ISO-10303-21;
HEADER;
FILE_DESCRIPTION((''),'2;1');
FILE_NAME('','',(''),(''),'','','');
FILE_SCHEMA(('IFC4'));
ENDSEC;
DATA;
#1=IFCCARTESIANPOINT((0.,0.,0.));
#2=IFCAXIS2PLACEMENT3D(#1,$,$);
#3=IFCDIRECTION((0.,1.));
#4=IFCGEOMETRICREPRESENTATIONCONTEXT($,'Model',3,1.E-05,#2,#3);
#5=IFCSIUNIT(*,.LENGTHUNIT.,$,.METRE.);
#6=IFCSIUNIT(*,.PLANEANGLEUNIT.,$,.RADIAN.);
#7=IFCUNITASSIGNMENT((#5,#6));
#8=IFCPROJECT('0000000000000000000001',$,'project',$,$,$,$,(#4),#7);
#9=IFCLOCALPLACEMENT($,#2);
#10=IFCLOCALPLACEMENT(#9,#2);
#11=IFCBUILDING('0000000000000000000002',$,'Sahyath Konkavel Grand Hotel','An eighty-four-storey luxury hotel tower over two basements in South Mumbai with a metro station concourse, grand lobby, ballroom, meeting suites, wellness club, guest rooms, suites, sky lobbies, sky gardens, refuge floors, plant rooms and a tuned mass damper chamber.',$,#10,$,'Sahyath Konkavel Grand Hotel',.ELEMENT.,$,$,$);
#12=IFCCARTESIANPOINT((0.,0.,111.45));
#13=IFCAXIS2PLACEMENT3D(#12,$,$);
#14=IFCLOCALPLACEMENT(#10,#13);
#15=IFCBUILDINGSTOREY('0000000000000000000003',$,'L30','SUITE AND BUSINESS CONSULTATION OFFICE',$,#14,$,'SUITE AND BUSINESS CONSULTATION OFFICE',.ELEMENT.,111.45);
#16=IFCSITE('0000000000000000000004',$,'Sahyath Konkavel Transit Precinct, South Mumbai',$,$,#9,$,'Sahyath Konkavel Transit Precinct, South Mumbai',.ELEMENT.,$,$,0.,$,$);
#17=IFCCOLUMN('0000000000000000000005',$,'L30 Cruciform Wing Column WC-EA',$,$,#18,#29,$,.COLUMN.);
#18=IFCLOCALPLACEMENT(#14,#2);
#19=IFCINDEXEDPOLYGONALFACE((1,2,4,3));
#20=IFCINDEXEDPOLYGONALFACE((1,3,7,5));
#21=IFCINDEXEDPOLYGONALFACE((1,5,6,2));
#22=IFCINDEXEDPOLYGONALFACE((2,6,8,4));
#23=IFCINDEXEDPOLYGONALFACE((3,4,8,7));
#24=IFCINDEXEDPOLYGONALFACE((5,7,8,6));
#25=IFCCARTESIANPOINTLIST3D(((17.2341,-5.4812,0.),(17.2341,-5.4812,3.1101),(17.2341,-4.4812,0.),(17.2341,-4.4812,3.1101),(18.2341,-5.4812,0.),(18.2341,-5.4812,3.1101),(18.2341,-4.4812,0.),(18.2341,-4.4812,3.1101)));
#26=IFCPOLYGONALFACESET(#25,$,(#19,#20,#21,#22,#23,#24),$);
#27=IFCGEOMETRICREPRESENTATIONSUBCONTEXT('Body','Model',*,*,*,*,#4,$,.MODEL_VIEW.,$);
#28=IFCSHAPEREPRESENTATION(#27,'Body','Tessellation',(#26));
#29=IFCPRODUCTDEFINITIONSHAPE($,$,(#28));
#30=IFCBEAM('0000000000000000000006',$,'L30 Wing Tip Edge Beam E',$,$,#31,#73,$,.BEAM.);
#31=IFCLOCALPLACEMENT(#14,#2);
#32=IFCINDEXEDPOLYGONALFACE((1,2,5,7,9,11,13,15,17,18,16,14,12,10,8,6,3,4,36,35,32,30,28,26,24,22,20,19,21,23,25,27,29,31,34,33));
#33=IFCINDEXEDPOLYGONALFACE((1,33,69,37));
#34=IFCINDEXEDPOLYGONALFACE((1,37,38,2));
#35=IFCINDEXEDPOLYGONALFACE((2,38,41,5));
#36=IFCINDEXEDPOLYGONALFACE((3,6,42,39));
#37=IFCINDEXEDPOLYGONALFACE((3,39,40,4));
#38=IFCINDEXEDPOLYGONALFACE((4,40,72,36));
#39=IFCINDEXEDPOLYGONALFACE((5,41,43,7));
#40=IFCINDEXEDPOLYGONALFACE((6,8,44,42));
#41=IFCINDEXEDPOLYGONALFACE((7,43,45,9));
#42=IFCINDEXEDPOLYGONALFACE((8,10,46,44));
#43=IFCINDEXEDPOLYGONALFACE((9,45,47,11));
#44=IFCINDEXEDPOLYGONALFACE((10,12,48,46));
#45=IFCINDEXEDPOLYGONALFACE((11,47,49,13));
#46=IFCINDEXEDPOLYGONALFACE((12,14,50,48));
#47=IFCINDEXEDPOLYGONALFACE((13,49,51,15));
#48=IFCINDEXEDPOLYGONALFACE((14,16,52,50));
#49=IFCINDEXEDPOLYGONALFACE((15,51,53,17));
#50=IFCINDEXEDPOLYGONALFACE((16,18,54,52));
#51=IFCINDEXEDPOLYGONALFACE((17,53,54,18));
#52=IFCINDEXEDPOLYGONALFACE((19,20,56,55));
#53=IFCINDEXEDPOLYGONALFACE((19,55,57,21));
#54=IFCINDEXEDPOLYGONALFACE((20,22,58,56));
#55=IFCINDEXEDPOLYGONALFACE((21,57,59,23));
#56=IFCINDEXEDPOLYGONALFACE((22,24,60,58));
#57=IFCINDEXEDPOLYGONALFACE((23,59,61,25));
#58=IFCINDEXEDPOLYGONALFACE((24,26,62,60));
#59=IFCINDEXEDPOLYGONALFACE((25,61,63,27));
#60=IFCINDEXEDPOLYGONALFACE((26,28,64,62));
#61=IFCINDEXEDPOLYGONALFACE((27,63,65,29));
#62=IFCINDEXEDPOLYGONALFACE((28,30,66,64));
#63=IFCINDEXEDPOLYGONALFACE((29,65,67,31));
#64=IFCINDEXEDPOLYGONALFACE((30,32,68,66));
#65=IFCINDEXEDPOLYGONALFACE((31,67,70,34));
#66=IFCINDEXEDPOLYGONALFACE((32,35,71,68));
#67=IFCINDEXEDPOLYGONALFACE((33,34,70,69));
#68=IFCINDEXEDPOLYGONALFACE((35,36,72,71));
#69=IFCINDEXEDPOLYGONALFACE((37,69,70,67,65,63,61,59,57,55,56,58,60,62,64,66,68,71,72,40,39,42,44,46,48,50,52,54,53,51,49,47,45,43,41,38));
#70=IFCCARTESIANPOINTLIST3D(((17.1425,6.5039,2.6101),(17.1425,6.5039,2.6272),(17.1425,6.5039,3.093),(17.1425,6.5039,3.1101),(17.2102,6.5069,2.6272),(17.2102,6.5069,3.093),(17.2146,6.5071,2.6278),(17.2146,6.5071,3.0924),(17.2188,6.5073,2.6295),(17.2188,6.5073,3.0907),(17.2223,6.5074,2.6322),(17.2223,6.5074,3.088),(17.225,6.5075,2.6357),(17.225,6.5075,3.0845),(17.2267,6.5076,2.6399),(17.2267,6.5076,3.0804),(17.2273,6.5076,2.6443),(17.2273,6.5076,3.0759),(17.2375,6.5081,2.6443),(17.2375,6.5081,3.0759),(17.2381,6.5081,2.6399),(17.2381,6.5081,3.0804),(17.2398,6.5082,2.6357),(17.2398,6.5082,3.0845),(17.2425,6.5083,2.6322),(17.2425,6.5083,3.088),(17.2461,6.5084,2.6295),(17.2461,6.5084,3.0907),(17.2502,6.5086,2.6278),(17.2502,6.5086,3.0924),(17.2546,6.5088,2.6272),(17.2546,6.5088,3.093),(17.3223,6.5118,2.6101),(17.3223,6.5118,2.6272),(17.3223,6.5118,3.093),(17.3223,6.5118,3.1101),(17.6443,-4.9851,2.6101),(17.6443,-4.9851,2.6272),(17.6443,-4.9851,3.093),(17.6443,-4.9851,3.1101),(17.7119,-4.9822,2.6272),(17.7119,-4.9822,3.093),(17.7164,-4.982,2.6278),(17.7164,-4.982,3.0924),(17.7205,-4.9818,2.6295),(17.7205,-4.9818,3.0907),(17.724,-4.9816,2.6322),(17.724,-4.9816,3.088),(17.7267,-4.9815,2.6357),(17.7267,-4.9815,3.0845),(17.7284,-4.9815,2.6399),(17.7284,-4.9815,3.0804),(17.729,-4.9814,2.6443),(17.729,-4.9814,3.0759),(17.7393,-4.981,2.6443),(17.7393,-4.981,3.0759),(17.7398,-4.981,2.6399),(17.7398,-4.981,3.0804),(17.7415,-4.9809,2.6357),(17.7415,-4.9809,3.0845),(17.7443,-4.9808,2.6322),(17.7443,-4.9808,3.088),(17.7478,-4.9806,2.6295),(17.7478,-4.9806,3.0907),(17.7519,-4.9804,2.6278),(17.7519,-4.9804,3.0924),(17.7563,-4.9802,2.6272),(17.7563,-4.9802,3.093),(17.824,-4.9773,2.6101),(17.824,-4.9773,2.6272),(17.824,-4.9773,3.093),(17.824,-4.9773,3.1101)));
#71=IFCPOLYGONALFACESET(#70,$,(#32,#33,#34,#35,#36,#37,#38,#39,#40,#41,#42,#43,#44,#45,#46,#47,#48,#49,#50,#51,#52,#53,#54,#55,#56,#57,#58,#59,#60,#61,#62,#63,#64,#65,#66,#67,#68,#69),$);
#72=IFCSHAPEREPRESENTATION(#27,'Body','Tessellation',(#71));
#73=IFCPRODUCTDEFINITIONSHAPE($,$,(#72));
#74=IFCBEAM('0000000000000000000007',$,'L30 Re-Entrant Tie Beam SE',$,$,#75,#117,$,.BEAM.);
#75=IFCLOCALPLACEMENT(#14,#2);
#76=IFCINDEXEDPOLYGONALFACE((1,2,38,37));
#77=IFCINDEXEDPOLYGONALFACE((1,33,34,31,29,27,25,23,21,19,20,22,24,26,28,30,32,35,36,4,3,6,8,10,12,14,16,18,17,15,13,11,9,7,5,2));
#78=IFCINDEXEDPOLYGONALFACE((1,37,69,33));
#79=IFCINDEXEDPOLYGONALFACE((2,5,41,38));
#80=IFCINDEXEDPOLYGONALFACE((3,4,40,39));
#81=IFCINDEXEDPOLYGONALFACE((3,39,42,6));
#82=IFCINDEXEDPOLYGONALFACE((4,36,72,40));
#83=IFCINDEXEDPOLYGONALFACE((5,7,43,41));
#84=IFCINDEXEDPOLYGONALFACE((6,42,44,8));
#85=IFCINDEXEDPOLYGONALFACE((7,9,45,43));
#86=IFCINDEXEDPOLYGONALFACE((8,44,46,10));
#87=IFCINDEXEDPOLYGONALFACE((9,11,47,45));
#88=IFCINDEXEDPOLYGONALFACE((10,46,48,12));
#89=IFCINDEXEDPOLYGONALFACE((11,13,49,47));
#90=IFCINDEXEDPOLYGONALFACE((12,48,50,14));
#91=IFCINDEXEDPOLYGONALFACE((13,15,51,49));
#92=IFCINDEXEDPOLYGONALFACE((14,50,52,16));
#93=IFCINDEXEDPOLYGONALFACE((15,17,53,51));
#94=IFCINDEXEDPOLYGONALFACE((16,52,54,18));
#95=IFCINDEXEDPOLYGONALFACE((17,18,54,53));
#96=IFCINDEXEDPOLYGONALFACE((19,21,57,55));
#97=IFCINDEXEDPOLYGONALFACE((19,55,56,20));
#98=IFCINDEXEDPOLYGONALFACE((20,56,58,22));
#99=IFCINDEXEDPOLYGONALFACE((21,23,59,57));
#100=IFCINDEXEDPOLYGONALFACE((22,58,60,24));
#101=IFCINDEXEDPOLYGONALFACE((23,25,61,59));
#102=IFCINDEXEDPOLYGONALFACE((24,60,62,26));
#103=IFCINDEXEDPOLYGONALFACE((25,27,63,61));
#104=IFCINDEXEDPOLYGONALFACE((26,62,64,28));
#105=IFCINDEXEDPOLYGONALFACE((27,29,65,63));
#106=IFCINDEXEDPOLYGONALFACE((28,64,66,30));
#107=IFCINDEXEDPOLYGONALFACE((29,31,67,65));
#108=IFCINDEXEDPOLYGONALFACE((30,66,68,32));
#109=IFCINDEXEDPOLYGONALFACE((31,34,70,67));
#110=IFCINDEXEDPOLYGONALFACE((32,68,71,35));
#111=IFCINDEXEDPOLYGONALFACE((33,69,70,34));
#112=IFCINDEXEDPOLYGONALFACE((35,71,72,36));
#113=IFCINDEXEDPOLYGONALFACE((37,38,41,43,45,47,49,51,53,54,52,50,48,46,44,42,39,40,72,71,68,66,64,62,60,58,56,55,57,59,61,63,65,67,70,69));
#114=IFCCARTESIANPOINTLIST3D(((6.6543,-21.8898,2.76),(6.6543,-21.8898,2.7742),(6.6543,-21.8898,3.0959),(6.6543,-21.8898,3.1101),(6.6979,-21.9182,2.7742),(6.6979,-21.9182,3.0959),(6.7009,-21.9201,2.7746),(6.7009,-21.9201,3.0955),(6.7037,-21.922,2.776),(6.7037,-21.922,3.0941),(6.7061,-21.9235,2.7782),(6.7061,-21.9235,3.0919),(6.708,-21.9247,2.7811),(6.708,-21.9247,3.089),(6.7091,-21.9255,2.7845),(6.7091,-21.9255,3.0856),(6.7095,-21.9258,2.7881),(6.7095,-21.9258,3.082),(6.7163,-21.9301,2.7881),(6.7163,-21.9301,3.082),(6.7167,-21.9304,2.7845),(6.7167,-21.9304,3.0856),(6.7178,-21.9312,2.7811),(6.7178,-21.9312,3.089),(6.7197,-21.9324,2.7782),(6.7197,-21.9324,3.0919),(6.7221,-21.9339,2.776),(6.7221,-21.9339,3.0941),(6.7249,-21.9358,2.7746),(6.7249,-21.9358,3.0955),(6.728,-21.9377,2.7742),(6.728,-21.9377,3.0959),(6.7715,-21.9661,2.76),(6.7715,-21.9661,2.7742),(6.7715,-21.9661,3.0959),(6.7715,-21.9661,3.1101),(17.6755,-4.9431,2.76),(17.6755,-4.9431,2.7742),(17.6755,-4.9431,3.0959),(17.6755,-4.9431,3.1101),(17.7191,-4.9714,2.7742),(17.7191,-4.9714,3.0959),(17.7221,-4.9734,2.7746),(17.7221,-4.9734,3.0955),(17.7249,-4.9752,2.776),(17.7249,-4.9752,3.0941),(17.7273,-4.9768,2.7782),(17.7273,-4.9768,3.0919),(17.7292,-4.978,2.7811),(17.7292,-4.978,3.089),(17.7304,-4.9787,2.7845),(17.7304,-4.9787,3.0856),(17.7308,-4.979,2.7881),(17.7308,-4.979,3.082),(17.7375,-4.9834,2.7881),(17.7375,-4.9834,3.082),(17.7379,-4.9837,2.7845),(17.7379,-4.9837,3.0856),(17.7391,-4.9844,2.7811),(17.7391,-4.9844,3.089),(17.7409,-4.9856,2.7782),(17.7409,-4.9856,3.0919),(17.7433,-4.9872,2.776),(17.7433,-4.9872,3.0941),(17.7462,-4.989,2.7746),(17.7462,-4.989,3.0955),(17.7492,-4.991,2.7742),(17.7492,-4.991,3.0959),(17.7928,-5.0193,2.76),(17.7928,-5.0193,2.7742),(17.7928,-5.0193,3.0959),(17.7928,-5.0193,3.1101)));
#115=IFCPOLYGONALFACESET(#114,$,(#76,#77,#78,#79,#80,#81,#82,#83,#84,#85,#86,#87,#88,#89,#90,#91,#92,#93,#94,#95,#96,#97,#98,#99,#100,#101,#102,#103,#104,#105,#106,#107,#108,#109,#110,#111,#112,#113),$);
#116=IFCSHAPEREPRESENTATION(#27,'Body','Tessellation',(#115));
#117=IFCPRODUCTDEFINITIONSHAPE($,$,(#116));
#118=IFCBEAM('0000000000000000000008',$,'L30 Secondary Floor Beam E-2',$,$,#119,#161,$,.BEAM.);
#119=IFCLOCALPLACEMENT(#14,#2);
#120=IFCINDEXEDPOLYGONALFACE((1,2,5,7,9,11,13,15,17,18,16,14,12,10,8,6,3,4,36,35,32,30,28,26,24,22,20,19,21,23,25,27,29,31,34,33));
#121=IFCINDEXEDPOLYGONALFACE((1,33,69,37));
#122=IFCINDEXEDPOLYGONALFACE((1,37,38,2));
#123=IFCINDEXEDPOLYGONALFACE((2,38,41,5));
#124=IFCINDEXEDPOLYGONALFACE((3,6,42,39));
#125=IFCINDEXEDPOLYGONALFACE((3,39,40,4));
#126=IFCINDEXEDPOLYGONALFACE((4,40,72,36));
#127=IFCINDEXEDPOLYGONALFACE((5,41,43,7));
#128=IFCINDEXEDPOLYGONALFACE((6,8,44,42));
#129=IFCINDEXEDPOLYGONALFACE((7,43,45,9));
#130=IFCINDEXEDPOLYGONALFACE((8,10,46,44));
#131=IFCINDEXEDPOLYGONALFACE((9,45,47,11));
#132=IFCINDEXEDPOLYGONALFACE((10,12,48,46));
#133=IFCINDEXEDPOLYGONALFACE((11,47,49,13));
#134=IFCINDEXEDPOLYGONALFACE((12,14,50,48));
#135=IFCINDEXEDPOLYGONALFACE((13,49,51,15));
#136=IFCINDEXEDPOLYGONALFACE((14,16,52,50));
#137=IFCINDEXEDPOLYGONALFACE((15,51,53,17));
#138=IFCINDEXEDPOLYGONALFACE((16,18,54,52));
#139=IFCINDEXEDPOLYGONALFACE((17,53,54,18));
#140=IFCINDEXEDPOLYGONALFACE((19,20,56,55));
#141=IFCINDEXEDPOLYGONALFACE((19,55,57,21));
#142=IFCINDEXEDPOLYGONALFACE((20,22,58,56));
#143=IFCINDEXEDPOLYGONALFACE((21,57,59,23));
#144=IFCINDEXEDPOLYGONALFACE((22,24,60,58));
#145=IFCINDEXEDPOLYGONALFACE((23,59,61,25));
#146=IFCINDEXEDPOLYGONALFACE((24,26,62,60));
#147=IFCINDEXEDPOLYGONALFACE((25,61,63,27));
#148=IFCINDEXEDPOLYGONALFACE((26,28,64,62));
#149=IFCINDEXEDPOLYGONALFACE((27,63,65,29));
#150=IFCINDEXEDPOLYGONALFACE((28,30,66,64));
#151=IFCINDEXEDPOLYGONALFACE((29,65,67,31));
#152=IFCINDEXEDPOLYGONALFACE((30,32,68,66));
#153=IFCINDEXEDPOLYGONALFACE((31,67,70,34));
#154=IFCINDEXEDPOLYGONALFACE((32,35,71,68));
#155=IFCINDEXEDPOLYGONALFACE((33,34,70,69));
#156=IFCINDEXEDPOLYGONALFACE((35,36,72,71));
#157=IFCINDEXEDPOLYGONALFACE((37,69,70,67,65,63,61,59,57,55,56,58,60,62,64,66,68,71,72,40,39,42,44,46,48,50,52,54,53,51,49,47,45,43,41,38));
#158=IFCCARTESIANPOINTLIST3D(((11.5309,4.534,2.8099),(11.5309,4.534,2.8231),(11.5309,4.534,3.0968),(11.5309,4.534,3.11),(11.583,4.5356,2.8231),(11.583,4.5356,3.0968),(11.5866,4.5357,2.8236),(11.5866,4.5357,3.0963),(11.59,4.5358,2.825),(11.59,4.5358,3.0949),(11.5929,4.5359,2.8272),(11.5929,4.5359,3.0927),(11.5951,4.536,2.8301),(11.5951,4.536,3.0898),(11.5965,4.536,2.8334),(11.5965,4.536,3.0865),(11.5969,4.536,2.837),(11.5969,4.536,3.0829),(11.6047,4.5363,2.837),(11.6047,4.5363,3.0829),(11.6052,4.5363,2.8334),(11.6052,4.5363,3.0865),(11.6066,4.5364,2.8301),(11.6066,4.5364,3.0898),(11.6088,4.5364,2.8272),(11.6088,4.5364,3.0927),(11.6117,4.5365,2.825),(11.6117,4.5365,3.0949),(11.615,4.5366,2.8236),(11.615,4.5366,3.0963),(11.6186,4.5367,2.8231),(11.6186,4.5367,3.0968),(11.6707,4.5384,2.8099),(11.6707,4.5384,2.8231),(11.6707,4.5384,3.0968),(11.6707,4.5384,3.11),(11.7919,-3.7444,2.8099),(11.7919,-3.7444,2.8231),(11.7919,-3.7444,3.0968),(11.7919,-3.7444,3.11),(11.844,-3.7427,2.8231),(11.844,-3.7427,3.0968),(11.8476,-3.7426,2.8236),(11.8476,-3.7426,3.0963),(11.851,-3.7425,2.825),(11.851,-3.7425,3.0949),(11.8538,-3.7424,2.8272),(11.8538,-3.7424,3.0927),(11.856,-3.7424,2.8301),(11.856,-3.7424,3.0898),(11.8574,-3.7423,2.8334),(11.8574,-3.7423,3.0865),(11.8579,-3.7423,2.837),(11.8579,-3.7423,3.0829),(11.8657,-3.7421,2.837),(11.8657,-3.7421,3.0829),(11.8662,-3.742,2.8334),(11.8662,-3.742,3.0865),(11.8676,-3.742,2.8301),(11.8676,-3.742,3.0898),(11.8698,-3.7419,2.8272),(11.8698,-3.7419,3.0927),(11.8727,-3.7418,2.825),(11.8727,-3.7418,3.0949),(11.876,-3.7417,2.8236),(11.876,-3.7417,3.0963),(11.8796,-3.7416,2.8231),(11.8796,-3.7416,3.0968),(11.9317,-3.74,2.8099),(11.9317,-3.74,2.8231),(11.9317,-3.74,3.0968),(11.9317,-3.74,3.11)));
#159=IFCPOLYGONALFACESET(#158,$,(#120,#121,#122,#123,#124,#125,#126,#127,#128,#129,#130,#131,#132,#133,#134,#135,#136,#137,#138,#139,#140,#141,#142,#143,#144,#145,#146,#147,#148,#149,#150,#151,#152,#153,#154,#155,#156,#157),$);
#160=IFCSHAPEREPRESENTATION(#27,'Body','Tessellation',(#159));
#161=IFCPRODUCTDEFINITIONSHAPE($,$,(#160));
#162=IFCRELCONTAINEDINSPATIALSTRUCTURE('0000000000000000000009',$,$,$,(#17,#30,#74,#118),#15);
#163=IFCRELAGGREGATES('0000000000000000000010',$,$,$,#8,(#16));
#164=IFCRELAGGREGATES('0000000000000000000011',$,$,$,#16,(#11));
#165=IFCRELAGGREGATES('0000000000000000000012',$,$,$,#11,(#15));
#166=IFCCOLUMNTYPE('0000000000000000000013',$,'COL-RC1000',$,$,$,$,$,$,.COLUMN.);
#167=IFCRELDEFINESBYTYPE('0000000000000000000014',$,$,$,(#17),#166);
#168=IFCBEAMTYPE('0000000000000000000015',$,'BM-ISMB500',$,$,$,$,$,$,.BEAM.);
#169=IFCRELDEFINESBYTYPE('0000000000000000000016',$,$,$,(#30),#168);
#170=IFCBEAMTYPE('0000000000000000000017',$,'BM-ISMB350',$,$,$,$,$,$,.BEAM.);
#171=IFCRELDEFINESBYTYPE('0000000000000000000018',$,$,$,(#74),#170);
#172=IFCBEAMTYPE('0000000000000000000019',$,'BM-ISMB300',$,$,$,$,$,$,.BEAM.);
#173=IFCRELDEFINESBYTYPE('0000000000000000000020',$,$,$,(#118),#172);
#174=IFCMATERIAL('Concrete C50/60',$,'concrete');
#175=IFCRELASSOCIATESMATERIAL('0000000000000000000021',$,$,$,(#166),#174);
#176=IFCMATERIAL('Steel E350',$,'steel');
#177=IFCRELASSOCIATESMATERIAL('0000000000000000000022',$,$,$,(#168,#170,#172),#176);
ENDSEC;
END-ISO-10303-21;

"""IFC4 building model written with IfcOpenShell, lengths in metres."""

from ifc_helpers import new_model, si_unit, direction, frame, origin, origin_2d, place, context, subcontext, project, spatial, rectangle, i_section, extrude, source, transform, mapped, material, material_profile, profile_set, type_object, element, save


model = new_model("IFC4")

# Units and contexts
model_context = context("Model", 3, precision=1e-05, world=origin(), true_north=direction((0.0, 1.0)))
body_context = subcontext(model_context, "Body", "Model", "MODEL_VIEW")
ifc_project = project(units=[si_unit("LENGTHUNIT", "METRE"), si_unit("PLANEANGLEUNIT", "RADIAN")], contexts=[model_context])

# Site, building, storey
site_placement = place(None, origin())
site = spatial("IfcSite", under=ifc_project, at=site_placement, Name="Sahyath Konkavel Transit Precinct, South Mumbai", LongName="Sahyath Konkavel Transit Precinct, South Mumbai", CompositionType="ELEMENT", RefElevation=0.0)
building_placement = place(site_placement, origin())
building = spatial("IfcBuilding", under=site, at=building_placement, Name="Sahyath Konkavel Grand Hotel", Description="An eighty-four-storey luxury hotel tower over two basements in South Mumbai with a metro station concourse, grand lobby, ballroom, meeting suites, wellness club, guest rooms, suites, sky lobbies, sky gardens, refuge floors, plant rooms and a tuned mass damper chamber.", LongName="Sahyath Konkavel Grand Hotel", CompositionType="ELEMENT")
storey_placement = place(building_placement, frame((0.0, 0.0, 111.45)))
storey = spatial("IfcBuildingStorey", under=building, at=storey_placement, Name="L30", Description="SUITE AND BUSINESS CONSULTATION OFFICE", LongName="SUITE AND BUSINESS CONSULTATION OFFICE", CompositionType="ELEMENT", Elevation=111.45)

# Column
ifc_material_1 = material(Name="Concrete C50/60", Category="concrete")
ifc_material_profile_1 = material_profile(ifc_material_1, rectangle(XDim=1.0, YDim=1.0, at=origin_2d()), Name="RC 1000x1000")
ifc_profile_set_1 = profile_set([ifc_material_profile_1], Name="Concrete C50/60")
column_type = type_object("IfcColumnType", Name="COL-RC1000", PredefinedType="COLUMN", material=ifc_profile_set_1)
shared_shape_1 = source(origin(), body_context, "Body", "SweptSolid", [
    extrude(rectangle(XDim=1.0, YDim=1.0, at=origin_2d()), origin(), (0.0, 0.0, 1.0), 3.1101),
])
column_placement = place(storey_placement, frame((17.7341, -4.9812, 0.0), z_axis=(0.0, 0.0, 1.0), x_axis=(1.0, 0.0, 0.0)))
element("IfcColumn", 1, at=column_placement, inside=storey, type_object=column_type, Name="L30 Cruciform Wing Column WC-EA", PredefinedType="COLUMN", context=body_context, shape_type="MappedRepresentation", body=[
    mapped(shared_shape_1, transform((0.0, 0.0, 0.0), scale=1.0)),
])

# Beams
ifc_material_2 = material(Name="Steel E350", Category="steel")
ifc_material_profile_2 = material_profile(ifc_material_2, i_section(OverallWidth=0.1799, OverallDepth=0.5, WebThickness=0.0103, FlangeThickness=0.0171, FilletRadius=0.0171, at=origin_2d()), Name="ISMB 500")
ifc_profile_set_2 = profile_set([ifc_material_profile_2], Name="Steel E350")
beam_type_1 = type_object("IfcBeamType", Name="BM-ISMB500", PredefinedType="BEAM", material=ifc_profile_set_2)
shared_shape_2 = source(origin(), body_context, "Body", "SweptSolid", [
    extrude(i_section(OverallWidth=0.1799, OverallDepth=0.5, WebThickness=0.0103, FlangeThickness=0.0171, FilletRadius=0.0171, at=origin_2d()), origin(), (0.0, 0.0, 1.0), 11.5),
])
beam_1_placement = place(storey_placement, frame((17.7341, -4.9812, 2.8601), z_axis=(-0.043627, 0.999048, 0.0), x_axis=(-0.999048, -0.043627, 0.0)))
element("IfcBeam", 2, at=beam_1_placement, inside=storey, type_object=beam_type_1, Name="L30 Wing Tip Edge Beam E", PredefinedType="BEAM", context=body_context, shape_type="MappedRepresentation", body=[
    mapped(shared_shape_2, transform((0.0, 0.0, 0.0), scale=1.0)),
])
ifc_material_profile_3 = material_profile(ifc_material_2, i_section(OverallWidth=0.1399, OverallDepth=0.3501, WebThickness=0.0081, FlangeThickness=0.0142, FilletRadius=0.0139, at=origin_2d()), Name="ISMB 350")
ifc_profile_set_3 = profile_set([ifc_material_profile_3], Name="Steel E350")
beam_type_2 = type_object("IfcBeamType", Name="BM-ISMB350", PredefinedType="BEAM", material=ifc_profile_set_3)
shared_shape_3 = source(origin(), body_context, "Body", "SweptSolid", [
    extrude(i_section(OverallWidth=0.1399, OverallDepth=0.3501, WebThickness=0.0081, FlangeThickness=0.0142, FilletRadius=0.0139, at=origin_2d()), origin(), (0.0, 0.0, 1.0), 20.2153),
])
beam_2_placement = place(storey_placement, frame((17.7341, -4.9812, 2.9351), z_axis=(-0.545191, -0.838312, 0.0), x_axis=(0.838312, -0.545191, 0.0)))
element("IfcBeam", 3, at=beam_2_placement, inside=storey, type_object=beam_type_2, Name="L30 Re-Entrant Tie Beam SE", PredefinedType="BEAM", context=body_context, shape_type="MappedRepresentation", body=[
    mapped(shared_shape_3, transform((0.0, 0.0, 0.0), scale=1.0)),
])
ifc_material_profile_4 = material_profile(ifc_material_2, i_section(OverallWidth=0.1399, OverallDepth=0.3, WebThickness=0.0078, FlangeThickness=0.0132, FilletRadius=0.0139, at=origin_2d()), Name="ISMB 300")
ifc_profile_set_4 = profile_set([ifc_material_profile_4], Name="Steel E350")
beam_type_3 = type_object("IfcBeamType", Name="BM-ISMB300", PredefinedType="BEAM", material=ifc_profile_set_4)
shared_shape_4 = source(origin(), body_context, "Body", "SweptSolid", [
    extrude(i_section(OverallWidth=0.1399, OverallDepth=0.3, WebThickness=0.0078, FlangeThickness=0.0132, FilletRadius=0.0139, at=origin_2d()), origin(), (0.0, 0.0, 1.0), 8.2825),
])
beam_3_placement = place(storey_placement, frame((11.8618, -3.7422, 2.96), z_axis=(-0.031511, 0.999503, 0.0), x_axis=(-0.999503, -0.031511, 0.0)))
element("IfcBeam", 4, at=beam_3_placement, inside=storey, type_object=beam_type_3, Name="L30 Secondary Floor Beam E-2", PredefinedType="BEAM", context=body_context, shape_type="MappedRepresentation", body=[
    mapped(shared_shape_4, transform((0.0, 0.0, 0.0), scale=1.0)),
])

save(model, "model.ifc")
